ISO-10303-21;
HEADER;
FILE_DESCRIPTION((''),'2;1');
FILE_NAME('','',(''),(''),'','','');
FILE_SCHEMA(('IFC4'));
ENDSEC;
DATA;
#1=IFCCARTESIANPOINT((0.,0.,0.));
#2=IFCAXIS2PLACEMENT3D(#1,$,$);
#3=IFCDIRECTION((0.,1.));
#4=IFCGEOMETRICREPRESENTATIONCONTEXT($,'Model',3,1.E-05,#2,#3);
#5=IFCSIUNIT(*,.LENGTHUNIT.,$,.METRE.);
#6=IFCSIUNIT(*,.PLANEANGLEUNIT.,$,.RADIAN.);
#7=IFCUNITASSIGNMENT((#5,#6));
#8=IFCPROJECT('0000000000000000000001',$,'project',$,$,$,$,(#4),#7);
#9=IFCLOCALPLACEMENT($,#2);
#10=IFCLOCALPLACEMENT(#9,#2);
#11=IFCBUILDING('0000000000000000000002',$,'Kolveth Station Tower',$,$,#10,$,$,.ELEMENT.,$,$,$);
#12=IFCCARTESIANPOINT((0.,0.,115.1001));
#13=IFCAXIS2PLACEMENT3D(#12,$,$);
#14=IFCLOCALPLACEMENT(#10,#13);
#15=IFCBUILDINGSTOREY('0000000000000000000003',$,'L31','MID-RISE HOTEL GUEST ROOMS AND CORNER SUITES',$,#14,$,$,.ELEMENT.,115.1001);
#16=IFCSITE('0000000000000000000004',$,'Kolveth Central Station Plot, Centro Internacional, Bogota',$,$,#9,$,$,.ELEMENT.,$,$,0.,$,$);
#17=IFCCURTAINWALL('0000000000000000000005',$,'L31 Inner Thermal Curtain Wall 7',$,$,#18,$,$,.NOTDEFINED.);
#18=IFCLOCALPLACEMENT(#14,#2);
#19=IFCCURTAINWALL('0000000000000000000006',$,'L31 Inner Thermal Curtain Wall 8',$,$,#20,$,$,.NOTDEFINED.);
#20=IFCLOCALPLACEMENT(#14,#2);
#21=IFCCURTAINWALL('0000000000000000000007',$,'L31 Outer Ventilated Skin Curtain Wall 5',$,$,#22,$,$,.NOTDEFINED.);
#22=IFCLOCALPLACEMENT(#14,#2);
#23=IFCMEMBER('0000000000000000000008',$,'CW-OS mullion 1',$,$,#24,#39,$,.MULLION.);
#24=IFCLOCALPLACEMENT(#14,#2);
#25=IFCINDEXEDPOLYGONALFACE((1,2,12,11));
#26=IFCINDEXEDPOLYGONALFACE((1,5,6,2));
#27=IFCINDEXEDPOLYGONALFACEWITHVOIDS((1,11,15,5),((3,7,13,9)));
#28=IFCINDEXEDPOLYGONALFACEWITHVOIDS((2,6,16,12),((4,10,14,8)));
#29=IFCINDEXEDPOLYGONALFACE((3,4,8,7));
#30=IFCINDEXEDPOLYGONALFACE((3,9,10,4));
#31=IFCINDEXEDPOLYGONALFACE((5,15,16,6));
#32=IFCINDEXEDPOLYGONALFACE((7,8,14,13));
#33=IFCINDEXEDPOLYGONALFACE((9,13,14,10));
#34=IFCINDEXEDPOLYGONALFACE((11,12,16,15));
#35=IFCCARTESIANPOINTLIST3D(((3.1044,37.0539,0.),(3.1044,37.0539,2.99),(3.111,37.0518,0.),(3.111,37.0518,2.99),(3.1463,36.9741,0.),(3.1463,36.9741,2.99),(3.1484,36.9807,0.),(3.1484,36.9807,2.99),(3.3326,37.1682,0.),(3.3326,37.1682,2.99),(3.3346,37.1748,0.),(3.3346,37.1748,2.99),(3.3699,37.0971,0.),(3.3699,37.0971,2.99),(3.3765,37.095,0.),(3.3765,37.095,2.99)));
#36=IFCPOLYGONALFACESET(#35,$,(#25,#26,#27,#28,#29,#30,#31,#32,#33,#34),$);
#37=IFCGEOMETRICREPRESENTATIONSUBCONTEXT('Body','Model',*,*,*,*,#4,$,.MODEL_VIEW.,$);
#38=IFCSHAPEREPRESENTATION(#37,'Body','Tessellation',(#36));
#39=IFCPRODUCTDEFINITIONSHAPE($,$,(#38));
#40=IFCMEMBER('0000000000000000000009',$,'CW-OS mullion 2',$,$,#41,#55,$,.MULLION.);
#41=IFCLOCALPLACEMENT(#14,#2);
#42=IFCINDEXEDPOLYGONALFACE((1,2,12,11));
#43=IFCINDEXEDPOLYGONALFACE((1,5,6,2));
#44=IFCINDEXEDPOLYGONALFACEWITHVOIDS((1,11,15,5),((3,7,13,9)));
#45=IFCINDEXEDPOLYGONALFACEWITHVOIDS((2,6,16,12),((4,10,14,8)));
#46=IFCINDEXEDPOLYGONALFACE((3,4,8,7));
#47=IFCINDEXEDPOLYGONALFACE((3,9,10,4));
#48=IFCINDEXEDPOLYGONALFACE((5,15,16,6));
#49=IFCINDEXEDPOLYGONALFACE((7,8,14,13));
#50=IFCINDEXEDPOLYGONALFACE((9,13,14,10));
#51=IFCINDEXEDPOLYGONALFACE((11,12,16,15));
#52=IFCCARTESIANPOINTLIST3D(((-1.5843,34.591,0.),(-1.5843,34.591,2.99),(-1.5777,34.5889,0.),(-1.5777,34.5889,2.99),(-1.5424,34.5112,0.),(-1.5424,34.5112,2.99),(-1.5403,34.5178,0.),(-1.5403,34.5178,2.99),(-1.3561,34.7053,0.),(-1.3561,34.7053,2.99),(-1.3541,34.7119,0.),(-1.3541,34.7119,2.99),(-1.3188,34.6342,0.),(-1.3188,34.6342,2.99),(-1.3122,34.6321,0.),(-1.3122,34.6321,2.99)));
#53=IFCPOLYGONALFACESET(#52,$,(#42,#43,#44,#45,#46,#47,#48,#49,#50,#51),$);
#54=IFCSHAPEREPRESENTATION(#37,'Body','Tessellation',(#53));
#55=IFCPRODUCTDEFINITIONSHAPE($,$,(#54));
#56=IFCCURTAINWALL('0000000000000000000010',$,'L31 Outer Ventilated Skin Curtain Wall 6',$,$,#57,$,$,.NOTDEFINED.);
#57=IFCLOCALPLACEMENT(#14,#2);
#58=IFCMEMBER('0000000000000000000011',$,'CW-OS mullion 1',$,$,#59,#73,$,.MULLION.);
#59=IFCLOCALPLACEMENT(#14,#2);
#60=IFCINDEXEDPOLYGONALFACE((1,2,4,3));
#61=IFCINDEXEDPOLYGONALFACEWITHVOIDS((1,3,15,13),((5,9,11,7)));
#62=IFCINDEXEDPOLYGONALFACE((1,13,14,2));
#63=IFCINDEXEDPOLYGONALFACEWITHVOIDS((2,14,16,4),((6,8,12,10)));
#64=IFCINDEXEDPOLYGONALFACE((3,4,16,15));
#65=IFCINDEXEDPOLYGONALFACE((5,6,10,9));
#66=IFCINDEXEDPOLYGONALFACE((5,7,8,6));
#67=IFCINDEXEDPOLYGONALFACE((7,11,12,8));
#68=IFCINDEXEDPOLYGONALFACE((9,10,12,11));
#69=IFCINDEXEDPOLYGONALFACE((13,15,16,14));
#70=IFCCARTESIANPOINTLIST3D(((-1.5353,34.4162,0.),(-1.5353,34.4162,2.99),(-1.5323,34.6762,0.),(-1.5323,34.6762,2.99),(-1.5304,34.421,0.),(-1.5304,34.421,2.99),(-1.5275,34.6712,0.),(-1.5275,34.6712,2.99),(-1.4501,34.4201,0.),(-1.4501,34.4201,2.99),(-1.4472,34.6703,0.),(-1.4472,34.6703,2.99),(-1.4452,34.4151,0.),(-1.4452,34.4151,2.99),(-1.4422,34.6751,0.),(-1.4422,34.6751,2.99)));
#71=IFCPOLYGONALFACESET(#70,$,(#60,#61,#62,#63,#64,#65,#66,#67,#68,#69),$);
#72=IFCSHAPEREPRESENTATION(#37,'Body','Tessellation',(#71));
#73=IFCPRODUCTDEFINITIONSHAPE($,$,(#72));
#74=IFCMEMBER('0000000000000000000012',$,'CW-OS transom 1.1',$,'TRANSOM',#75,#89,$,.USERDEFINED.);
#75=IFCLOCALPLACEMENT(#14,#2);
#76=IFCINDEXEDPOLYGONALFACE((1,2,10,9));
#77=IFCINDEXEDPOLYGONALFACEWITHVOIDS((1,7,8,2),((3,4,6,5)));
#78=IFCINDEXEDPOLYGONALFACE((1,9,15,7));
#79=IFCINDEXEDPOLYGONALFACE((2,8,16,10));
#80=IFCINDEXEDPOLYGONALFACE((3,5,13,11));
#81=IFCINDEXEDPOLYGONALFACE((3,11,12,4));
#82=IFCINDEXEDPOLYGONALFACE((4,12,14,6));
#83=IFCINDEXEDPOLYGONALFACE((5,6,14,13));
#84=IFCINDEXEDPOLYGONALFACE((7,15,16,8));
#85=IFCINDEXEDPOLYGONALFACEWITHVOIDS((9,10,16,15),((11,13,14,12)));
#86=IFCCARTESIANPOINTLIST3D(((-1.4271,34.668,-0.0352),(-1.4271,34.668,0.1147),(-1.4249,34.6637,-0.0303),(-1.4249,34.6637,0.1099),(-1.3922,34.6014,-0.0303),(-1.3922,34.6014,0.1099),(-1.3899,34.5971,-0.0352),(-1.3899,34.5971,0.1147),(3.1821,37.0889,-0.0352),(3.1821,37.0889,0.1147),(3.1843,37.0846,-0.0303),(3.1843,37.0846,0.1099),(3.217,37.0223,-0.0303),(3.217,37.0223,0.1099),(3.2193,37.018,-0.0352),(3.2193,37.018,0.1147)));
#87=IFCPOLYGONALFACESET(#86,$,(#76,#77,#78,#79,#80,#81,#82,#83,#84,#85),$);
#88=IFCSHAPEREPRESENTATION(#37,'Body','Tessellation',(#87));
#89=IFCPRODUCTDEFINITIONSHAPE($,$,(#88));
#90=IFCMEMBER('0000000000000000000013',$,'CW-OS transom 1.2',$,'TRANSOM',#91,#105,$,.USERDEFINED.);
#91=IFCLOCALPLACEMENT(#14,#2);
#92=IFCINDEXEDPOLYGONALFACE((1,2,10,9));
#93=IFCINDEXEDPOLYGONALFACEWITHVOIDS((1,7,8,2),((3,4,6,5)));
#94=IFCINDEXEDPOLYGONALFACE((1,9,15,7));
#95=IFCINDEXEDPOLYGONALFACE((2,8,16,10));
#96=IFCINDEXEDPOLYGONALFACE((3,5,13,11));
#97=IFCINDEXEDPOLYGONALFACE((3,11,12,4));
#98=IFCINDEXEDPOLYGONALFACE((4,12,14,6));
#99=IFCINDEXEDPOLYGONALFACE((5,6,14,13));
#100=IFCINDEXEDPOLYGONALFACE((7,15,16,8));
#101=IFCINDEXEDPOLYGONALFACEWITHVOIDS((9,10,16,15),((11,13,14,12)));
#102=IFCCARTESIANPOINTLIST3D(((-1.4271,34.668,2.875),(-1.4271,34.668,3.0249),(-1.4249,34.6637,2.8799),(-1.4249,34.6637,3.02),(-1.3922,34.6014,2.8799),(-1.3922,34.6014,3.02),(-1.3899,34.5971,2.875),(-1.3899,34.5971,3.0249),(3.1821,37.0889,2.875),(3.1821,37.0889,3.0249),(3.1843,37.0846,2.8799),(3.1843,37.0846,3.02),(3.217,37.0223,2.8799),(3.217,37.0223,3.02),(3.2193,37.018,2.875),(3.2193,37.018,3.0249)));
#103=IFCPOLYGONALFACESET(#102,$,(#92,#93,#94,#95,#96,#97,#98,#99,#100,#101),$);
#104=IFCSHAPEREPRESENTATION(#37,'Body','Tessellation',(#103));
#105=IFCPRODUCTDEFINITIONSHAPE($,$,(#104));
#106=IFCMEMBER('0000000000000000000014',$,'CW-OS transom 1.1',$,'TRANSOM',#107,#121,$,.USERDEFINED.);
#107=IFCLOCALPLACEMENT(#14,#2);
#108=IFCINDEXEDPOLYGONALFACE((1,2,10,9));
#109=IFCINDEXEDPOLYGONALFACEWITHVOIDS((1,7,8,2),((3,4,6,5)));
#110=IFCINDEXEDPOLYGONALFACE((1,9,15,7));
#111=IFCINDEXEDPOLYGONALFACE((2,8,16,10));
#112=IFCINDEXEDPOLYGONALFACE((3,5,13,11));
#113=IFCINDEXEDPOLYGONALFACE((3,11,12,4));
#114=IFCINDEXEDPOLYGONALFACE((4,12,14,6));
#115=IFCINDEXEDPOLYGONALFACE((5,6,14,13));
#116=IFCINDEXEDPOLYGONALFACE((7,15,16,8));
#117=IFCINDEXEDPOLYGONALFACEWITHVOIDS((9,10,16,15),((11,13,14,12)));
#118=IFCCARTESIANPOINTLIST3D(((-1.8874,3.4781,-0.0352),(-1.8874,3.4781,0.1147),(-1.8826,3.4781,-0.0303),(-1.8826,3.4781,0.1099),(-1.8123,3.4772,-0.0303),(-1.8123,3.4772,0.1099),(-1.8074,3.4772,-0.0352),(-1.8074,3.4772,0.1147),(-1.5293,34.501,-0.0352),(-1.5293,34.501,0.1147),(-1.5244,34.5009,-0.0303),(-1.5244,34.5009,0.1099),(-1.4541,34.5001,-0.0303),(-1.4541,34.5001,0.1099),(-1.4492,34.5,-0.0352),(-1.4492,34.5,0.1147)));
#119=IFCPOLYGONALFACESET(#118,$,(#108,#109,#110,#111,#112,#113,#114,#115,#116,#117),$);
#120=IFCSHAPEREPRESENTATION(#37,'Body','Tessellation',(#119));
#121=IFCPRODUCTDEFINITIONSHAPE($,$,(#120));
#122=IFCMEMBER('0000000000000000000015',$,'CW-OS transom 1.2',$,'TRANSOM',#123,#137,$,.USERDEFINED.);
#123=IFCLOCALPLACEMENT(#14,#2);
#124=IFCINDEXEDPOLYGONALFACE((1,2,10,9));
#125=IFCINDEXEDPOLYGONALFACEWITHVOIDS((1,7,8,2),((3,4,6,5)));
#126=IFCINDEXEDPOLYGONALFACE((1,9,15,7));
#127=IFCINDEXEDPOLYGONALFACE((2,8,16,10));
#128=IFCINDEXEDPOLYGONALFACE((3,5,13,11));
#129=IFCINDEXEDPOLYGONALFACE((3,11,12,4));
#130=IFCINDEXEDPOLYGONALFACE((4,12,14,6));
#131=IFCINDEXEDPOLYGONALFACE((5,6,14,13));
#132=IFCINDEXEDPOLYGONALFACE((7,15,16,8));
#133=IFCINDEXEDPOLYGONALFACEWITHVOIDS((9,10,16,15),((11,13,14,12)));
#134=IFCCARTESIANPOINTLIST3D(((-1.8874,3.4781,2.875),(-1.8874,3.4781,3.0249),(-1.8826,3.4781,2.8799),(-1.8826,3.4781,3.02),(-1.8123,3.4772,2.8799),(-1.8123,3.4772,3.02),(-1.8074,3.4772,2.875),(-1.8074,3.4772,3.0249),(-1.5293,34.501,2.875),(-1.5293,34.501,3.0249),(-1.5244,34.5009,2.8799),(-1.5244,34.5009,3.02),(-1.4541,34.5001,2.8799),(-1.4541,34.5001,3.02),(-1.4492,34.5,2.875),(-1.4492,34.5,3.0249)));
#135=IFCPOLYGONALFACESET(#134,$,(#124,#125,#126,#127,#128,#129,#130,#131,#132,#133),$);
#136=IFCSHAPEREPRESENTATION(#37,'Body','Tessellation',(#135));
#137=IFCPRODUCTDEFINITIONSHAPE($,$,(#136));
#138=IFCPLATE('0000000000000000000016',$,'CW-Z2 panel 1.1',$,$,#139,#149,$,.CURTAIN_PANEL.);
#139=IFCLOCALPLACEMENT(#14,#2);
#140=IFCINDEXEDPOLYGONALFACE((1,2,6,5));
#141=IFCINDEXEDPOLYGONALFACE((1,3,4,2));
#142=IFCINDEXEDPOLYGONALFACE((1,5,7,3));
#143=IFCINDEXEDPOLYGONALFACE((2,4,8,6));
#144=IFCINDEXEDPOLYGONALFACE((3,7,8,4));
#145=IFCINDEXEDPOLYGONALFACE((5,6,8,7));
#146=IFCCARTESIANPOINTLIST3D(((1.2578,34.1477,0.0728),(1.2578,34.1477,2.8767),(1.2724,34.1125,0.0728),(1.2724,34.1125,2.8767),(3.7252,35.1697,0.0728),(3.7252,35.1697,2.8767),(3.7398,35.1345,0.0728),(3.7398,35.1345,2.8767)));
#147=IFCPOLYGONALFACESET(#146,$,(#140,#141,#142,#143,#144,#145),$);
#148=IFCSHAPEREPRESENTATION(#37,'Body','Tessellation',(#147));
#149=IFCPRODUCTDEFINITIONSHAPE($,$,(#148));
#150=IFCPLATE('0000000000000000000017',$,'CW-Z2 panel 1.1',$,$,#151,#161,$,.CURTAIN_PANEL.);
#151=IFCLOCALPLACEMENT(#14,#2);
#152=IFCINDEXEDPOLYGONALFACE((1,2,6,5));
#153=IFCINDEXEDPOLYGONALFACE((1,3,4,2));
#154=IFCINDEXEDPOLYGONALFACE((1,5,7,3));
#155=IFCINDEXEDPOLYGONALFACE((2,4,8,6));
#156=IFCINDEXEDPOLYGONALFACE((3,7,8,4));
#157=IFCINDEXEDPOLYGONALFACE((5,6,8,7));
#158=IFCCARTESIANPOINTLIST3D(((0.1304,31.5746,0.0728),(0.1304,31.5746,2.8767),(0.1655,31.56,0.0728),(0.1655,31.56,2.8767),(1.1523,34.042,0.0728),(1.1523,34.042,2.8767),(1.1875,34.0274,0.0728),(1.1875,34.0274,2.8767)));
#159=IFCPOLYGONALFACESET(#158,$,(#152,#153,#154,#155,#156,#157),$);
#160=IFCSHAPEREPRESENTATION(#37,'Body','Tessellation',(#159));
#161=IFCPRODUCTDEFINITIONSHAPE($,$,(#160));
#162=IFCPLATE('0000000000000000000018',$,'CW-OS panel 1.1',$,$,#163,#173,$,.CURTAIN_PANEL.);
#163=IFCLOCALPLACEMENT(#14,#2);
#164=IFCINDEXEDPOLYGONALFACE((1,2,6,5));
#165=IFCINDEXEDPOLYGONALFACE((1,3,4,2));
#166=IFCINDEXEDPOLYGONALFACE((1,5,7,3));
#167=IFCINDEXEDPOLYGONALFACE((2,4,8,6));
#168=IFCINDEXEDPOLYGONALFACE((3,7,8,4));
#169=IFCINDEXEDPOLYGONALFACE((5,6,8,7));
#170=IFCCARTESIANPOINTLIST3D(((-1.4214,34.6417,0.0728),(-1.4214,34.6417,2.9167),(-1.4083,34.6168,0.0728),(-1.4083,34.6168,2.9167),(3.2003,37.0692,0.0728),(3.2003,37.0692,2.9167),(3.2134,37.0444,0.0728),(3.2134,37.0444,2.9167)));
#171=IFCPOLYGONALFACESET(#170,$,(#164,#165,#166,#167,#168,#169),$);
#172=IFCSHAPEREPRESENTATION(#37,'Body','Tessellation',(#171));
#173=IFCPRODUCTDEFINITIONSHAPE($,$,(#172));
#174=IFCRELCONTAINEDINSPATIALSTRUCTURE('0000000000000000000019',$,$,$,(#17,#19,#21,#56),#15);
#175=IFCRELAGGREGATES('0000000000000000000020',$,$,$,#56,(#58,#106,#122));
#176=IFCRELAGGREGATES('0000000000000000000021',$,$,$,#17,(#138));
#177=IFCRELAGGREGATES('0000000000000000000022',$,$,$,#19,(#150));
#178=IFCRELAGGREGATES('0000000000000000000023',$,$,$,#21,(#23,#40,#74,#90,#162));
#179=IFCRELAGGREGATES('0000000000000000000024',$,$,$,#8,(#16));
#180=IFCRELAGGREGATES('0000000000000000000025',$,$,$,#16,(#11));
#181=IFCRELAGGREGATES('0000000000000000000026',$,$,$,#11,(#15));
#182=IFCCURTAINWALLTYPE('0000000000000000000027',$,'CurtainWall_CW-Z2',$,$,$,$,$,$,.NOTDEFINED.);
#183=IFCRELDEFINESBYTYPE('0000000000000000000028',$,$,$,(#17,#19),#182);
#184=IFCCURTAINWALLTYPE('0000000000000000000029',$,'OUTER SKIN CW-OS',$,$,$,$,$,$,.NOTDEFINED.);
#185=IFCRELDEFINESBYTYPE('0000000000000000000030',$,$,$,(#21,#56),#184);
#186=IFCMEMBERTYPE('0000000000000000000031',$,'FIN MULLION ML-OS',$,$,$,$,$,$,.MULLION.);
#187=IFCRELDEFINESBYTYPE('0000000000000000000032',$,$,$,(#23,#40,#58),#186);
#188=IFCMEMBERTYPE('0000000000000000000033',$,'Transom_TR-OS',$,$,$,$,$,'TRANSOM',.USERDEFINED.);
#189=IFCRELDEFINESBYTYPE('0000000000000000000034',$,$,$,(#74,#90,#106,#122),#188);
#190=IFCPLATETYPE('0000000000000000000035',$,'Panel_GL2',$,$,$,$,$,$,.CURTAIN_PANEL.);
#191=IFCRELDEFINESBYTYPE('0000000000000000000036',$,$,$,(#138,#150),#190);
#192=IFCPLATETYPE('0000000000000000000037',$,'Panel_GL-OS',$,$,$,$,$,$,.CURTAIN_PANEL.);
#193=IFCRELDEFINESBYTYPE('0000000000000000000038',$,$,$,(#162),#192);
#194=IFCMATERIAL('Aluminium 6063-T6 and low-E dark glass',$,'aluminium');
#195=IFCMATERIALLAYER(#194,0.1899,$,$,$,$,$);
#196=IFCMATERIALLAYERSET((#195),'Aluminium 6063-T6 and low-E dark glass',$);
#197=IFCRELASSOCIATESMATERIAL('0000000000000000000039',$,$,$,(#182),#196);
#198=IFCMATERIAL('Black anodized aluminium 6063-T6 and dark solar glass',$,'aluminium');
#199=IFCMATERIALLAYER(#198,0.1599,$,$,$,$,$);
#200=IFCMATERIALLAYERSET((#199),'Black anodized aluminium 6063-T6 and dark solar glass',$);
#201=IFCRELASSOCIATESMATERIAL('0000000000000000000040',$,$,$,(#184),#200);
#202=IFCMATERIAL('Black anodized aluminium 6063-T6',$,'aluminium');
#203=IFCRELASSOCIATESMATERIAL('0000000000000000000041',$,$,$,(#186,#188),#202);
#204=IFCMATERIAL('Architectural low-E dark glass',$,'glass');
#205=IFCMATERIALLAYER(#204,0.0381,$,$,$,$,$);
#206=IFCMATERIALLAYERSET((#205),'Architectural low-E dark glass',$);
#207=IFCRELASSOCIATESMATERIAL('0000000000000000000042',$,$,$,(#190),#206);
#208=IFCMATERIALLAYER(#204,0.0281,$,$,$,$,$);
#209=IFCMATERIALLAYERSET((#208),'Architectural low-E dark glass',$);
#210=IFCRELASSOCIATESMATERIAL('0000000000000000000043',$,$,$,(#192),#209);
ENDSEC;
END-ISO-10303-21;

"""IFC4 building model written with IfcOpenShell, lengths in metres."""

from ifc_helpers import new_model, si_unit, direction, frame, origin, origin_2d, place, context, subcontext, project, spatial, rectangle, hollow_rectangle, extrude, source, transform, mapped, material, layer, layer_set, material_profile, profile_set, type_object, element, aggregate, save


model = new_model("IFC4")

# Units and contexts
model_context = context("Model", 3, precision=1e-05, world=origin(), true_north=direction((0.0, 1.0)))
body_context = subcontext(model_context, "Body", "Model", "MODEL_VIEW")
ifc_project = project(units=[si_unit("LENGTHUNIT", "METRE"), si_unit("PLANEANGLEUNIT", "RADIAN")], contexts=[model_context])

# Site, building, storey
site_placement = place(None, origin())
site = spatial("IfcSite", under=ifc_project, at=site_placement, Name="Kolveth Central Station Plot, Centro Internacional, Bogota", CompositionType="ELEMENT", RefElevation=0.0)
building_placement = place(site_placement, origin())
building = spatial("IfcBuilding", under=site, at=building_placement, Name="Kolveth Station Tower", CompositionType="ELEMENT")
storey_placement = place(building_placement, frame((0.0, 0.0, 115.1001)))
storey = spatial("IfcBuildingStorey", under=building, at=storey_placement, Name="L31", Description="MID-RISE HOTEL GUEST ROOMS AND CORNER SUITES", CompositionType="ELEMENT", Elevation=115.1001)

# Shared definitions
ifc_material_1 = material(Name="Aluminium 6063-T6 and low-E dark glass", Category="aluminium")
ifc_layer_1 = layer(ifc_material_1, 0.1899)
ifc_layer_set_1 = layer_set([ifc_layer_1], Name="Aluminium 6063-T6 and low-E dark glass")
curtain_wall_type_1 = type_object("IfcCurtainWallType", Name="CurtainWall_CW-Z2", PredefinedType="NOTDEFINED", material=ifc_layer_set_1)
ifc_material_2 = material(Name="Black anodized aluminium 6063-T6", Category="aluminium")

# Curtain walls
curtain_wall_1_placement = place(storey_placement, origin())
curtain_wall_1 = element("IfcCurtainWall", 1, at=curtain_wall_1_placement, inside=storey, type_object=curtain_wall_type_1, Name="L31 Inner Thermal Curtain Wall 7", PredefinedType="NOTDEFINED")
curtain_wall_2_placement = place(storey_placement, origin())
curtain_wall_2 = element("IfcCurtainWall", 2, at=curtain_wall_2_placement, inside=storey, type_object=curtain_wall_type_1, Name="L31 Inner Thermal Curtain Wall 8", PredefinedType="NOTDEFINED")

# Shared definitions
ifc_material_3 = material(Name="Black anodized aluminium 6063-T6 and dark solar glass", Category="aluminium")
ifc_layer_2 = layer(ifc_material_3, 0.1599)
ifc_layer_set_2 = layer_set([ifc_layer_2], Name="Black anodized aluminium 6063-T6 and dark solar glass")
curtain_wall_type_2 = type_object("IfcCurtainWallType", Name="OUTER SKIN CW-OS", PredefinedType="NOTDEFINED", material=ifc_layer_set_2)
ifc_material_profile_1 = material_profile(ifc_material_2, hollow_rectangle(XDim=0.0901, YDim=0.26, WallThickness=0.0049, at=origin_2d()), Name="ALU-90x260x5")
ifc_profile_set_1 = profile_set([ifc_material_profile_1], Name="Black anodized aluminium 6063-T6")
member_type_1 = type_object("IfcMemberType", Name="FIN MULLION ML-OS", PredefinedType="MULLION", material=ifc_profile_set_1)
shared_shape_1 = source(origin(), body_context, "Body", "SweptSolid", [
    extrude(hollow_rectangle(XDim=0.0901, YDim=0.26, WallThickness=0.0049, at=origin_2d()), origin(), (0.0, 0.0, 1.0), 2.99),
])

# Curtain wall, members
curtain_wall_3_placement = place(storey_placement, origin())
curtain_wall_3 = element("IfcCurtainWall", 3, at=curtain_wall_3_placement, inside=storey, type_object=curtain_wall_type_2, Name="L31 Outer Ventilated Skin Curtain Wall 5", PredefinedType="NOTDEFINED")
member_1_placement = place(storey_placement, frame((3.2405, 37.0745, 0.0), z_axis=(0.0, 0.0, 1.0), x_axis=(0.465006, -0.885307, 0.0)))
member_1 = element("IfcMember", 4, at=member_1_placement, type_object=member_type_1, Name="CW-OS mullion 1", PredefinedType="MULLION", context=body_context, shape_type="MappedRepresentation", body=[
    mapped(shared_shape_1, transform((0.0, 0.0, 0.0), x_axis=(1.0, 0.0, 0.0), y_axis=(0.0, 1.0, 0.0), z_axis=(0.0, 0.0, 1.0), scale=1.0)),
])
member_2_placement = place(storey_placement, frame((-1.4482, 34.6116, 0.0), z_axis=(0.0, 0.0, 1.0), x_axis=(0.465006, -0.885307, 0.0)))
member_2 = element("IfcMember", 5, at=member_2_placement, type_object=member_type_1, Name="CW-OS mullion 2", PredefinedType="MULLION", context=body_context, shape_type="MappedRepresentation", body=[
    mapped(shared_shape_1, transform((0.0, 0.0, 0.0), x_axis=(1.0, 0.0, 0.0), y_axis=(0.0, 1.0, 0.0), z_axis=(0.0, 0.0, 1.0), scale=1.0)),
])

# Curtain wall, member
curtain_wall_4_placement = place(storey_placement, origin())
curtain_wall_4 = element("IfcCurtainWall", 6, at=curtain_wall_4_placement, inside=storey, type_object=curtain_wall_type_2, Name="L31 Outer Ventilated Skin Curtain Wall 6", PredefinedType="NOTDEFINED")
member_3_placement = place(storey_placement, frame((-1.4888, 34.5457, 0.0), z_axis=(0.0, 0.0, 1.0), x_axis=(0.999933, -0.011546, 0.0)))
member_3 = element("IfcMember", 7, at=member_3_placement, type_object=member_type_1, Name="CW-OS mullion 1", PredefinedType="MULLION", context=body_context, shape_type="MappedRepresentation", body=[
    mapped(shared_shape_1, transform((0.0, 0.0, 0.0), x_axis=(1.0, 0.0, 0.0), y_axis=(0.0, 1.0, 0.0), z_axis=(0.0, 0.0, 1.0), scale=1.0)),
])

# Members
ifc_material_profile_2 = material_profile(ifc_material_2, hollow_rectangle(XDim=0.0801, YDim=0.1499, WallThickness=0.0049, at=origin_2d()), Name="ALU-80x150x5")
ifc_profile_set_2 = profile_set([ifc_material_profile_2], Name="Black anodized aluminium 6063-T6")
member_type_2 = type_object("IfcMemberType", Name="Transom_TR-OS", ElementType="TRANSOM", PredefinedType="USERDEFINED", material=ifc_profile_set_2)
shared_shape_2 = source(origin(), body_context, "Body", "SweptSolid", [
    extrude(hollow_rectangle(XDim=0.0801, YDim=0.1499, WallThickness=0.0049, at=origin_2d()), origin(), (0.0, 0.0, 1.0), 5.2063),
])
member_4_placement = place(storey_placement, frame((3.2007, 37.0535, 0.0398), z_axis=(-0.885311, -0.465, 0.0), x_axis=(0.465, -0.885311, 0.0)))
member_4 = element("IfcMember", 8, at=member_4_placement, type_object=member_type_2, Name="CW-OS transom 1.1", ObjectType="TRANSOM", PredefinedType="USERDEFINED", context=body_context, shape_type="MappedRepresentation", body=[
    mapped(shared_shape_2, transform((0.0, 0.0, 0.0), x_axis=(1.0, 0.0, 0.0), y_axis=(0.0, 1.0, 0.0), z_axis=(0.0, 0.0, 1.0), scale=1.0)),
])
member_5_placement = place(storey_placement, frame((3.2007, 37.0535, 2.95), z_axis=(-0.885311, -0.465, 0.0), x_axis=(0.465, -0.885311, 0.0)))
member_5 = element("IfcMember", 9, at=member_5_placement, type_object=member_type_2, Name="CW-OS transom 1.2", ObjectType="TRANSOM", PredefinedType="USERDEFINED", context=body_context, shape_type="MappedRepresentation", body=[
    mapped(shared_shape_2, transform((0.0, 0.0, 0.0), x_axis=(1.0, 0.0, 0.0), y_axis=(0.0, 1.0, 0.0), z_axis=(0.0, 0.0, 1.0), scale=1.0)),
])
shared_shape_3 = source(origin(), body_context, "Body", "SweptSolid", [
    extrude(hollow_rectangle(XDim=0.0801, YDim=0.1499, WallThickness=0.0049, at=origin_2d()), origin(), (0.0, 0.0, 1.0), 31.0249),
])
member_6_placement = place(storey_placement, frame((-1.4893, 34.5005, 0.0398), z_axis=(-0.011544, -0.999933, 0.0), x_axis=(0.999933, -0.011544, 0.0)))
member_6 = element("IfcMember", 10, at=member_6_placement, type_object=member_type_2, Name="CW-OS transom 1.1", ObjectType="TRANSOM", PredefinedType="USERDEFINED", context=body_context, shape_type="MappedRepresentation", body=[
    mapped(shared_shape_3, transform((0.0, 0.0, 0.0), x_axis=(1.0, 0.0, 0.0), y_axis=(0.0, 1.0, 0.0), z_axis=(0.0, 0.0, 1.0), scale=1.0)),
])
member_7_placement = place(storey_placement, frame((-1.4893, 34.5005, 2.95), z_axis=(-0.011544, -0.999933, 0.0), x_axis=(0.999933, -0.011544, 0.0)))
member_7 = element("IfcMember", 11, at=member_7_placement, type_object=member_type_2, Name="CW-OS transom 1.2", ObjectType="TRANSOM", PredefinedType="USERDEFINED", context=body_context, shape_type="MappedRepresentation", body=[
    mapped(shared_shape_3, transform((0.0, 0.0, 0.0), x_axis=(1.0, 0.0, 0.0), y_axis=(0.0, 1.0, 0.0), z_axis=(0.0, 0.0, 1.0), scale=1.0)),
])
aggregate(curtain_wall_4, [member_3, member_6, member_7])

# Plates
ifc_material_4 = material(Name="Architectural low-E dark glass", Category="glass")
ifc_layer_3 = layer(ifc_material_4, 0.0381)
ifc_layer_set_3 = layer_set([ifc_layer_3], Name="Architectural low-E dark glass")
plate_type_1 = type_object("IfcPlateType", Name="Panel_GL2", PredefinedType="CURTAIN_PANEL", material=ifc_layer_set_3)
shared_shape_4 = source(origin(), body_context, "Body", "SweptSolid", [
    extrude(rectangle(XDim=2.6707, YDim=0.0381, at=origin_2d()), origin(), (0.0, 0.0, 1.0), 2.804),
])
plate_1_placement = place(storey_placement, frame((2.4988, 34.6411, 0.0728), z_axis=(0.0, 0.0, 1.0), x_axis=(-0.923888, -0.382663, 0.0)))
plate_1 = element("IfcPlate", 12, at=plate_1_placement, type_object=plate_type_1, Name="CW-Z2 panel 1.1", PredefinedType="CURTAIN_PANEL", context=body_context, shape_type="MappedRepresentation", body=[
    mapped(shared_shape_4, transform((0.0, 0.0, 0.0), x_axis=(1.0, 0.0, 0.0), y_axis=(0.0, 1.0, 0.0), z_axis=(0.0, 0.0, 1.0), scale=1.0)),
])
aggregate(curtain_wall_1, [plate_1])
plate_2_placement = place(storey_placement, frame((0.6589, 32.801, 0.0728), z_axis=(0.0, 0.0, 1.0), x_axis=(-0.382663, -0.923888, 0.0)))
plate_2 = element("IfcPlate", 13, at=plate_2_placement, type_object=plate_type_1, Name="CW-Z2 panel 1.1", PredefinedType="CURTAIN_PANEL", context=body_context, shape_type="MappedRepresentation", body=[
    mapped(shared_shape_4, transform((0.0, 0.0, 0.0), x_axis=(1.0, 0.0, 0.0), y_axis=(0.0, 1.0, 0.0), z_axis=(0.0, 0.0, 1.0), scale=1.0)),
])
aggregate(curtain_wall_2, [plate_2])
ifc_layer_4 = layer(ifc_material_4, 0.0281)
ifc_layer_set_4 = layer_set([ifc_layer_4], Name="Architectural low-E dark glass")
plate_type_2 = type_object("IfcPlateType", Name="Panel_GL-OS", PredefinedType="CURTAIN_PANEL", material=ifc_layer_set_4)
shared_shape_5 = source(origin(), body_context, "Body", "SweptSolid", [
    extrude(rectangle(XDim=5.2205, YDim=0.0281, at=origin_2d()), origin(), (0.0, 0.0, 1.0), 2.844),
])
plate_3_placement = place(storey_placement, frame((0.896, 35.843, 0.0728), z_axis=(0.0, 0.0, 1.0), x_axis=(-0.885307, -0.465006, 0.0)))
plate_3 = element("IfcPlate", 14, at=plate_3_placement, type_object=plate_type_2, Name="CW-OS panel 1.1", PredefinedType="CURTAIN_PANEL", context=body_context, shape_type="MappedRepresentation", body=[
    mapped(shared_shape_5, transform((0.0, 0.0, 0.0), x_axis=(1.0, 0.0, 0.0), y_axis=(0.0, 1.0, 0.0), z_axis=(0.0, 0.0, 1.0), scale=1.0)),
])
aggregate(curtain_wall_3, [member_1, member_2, member_4, member_5, plate_3])

save(model, "model.ifc")
